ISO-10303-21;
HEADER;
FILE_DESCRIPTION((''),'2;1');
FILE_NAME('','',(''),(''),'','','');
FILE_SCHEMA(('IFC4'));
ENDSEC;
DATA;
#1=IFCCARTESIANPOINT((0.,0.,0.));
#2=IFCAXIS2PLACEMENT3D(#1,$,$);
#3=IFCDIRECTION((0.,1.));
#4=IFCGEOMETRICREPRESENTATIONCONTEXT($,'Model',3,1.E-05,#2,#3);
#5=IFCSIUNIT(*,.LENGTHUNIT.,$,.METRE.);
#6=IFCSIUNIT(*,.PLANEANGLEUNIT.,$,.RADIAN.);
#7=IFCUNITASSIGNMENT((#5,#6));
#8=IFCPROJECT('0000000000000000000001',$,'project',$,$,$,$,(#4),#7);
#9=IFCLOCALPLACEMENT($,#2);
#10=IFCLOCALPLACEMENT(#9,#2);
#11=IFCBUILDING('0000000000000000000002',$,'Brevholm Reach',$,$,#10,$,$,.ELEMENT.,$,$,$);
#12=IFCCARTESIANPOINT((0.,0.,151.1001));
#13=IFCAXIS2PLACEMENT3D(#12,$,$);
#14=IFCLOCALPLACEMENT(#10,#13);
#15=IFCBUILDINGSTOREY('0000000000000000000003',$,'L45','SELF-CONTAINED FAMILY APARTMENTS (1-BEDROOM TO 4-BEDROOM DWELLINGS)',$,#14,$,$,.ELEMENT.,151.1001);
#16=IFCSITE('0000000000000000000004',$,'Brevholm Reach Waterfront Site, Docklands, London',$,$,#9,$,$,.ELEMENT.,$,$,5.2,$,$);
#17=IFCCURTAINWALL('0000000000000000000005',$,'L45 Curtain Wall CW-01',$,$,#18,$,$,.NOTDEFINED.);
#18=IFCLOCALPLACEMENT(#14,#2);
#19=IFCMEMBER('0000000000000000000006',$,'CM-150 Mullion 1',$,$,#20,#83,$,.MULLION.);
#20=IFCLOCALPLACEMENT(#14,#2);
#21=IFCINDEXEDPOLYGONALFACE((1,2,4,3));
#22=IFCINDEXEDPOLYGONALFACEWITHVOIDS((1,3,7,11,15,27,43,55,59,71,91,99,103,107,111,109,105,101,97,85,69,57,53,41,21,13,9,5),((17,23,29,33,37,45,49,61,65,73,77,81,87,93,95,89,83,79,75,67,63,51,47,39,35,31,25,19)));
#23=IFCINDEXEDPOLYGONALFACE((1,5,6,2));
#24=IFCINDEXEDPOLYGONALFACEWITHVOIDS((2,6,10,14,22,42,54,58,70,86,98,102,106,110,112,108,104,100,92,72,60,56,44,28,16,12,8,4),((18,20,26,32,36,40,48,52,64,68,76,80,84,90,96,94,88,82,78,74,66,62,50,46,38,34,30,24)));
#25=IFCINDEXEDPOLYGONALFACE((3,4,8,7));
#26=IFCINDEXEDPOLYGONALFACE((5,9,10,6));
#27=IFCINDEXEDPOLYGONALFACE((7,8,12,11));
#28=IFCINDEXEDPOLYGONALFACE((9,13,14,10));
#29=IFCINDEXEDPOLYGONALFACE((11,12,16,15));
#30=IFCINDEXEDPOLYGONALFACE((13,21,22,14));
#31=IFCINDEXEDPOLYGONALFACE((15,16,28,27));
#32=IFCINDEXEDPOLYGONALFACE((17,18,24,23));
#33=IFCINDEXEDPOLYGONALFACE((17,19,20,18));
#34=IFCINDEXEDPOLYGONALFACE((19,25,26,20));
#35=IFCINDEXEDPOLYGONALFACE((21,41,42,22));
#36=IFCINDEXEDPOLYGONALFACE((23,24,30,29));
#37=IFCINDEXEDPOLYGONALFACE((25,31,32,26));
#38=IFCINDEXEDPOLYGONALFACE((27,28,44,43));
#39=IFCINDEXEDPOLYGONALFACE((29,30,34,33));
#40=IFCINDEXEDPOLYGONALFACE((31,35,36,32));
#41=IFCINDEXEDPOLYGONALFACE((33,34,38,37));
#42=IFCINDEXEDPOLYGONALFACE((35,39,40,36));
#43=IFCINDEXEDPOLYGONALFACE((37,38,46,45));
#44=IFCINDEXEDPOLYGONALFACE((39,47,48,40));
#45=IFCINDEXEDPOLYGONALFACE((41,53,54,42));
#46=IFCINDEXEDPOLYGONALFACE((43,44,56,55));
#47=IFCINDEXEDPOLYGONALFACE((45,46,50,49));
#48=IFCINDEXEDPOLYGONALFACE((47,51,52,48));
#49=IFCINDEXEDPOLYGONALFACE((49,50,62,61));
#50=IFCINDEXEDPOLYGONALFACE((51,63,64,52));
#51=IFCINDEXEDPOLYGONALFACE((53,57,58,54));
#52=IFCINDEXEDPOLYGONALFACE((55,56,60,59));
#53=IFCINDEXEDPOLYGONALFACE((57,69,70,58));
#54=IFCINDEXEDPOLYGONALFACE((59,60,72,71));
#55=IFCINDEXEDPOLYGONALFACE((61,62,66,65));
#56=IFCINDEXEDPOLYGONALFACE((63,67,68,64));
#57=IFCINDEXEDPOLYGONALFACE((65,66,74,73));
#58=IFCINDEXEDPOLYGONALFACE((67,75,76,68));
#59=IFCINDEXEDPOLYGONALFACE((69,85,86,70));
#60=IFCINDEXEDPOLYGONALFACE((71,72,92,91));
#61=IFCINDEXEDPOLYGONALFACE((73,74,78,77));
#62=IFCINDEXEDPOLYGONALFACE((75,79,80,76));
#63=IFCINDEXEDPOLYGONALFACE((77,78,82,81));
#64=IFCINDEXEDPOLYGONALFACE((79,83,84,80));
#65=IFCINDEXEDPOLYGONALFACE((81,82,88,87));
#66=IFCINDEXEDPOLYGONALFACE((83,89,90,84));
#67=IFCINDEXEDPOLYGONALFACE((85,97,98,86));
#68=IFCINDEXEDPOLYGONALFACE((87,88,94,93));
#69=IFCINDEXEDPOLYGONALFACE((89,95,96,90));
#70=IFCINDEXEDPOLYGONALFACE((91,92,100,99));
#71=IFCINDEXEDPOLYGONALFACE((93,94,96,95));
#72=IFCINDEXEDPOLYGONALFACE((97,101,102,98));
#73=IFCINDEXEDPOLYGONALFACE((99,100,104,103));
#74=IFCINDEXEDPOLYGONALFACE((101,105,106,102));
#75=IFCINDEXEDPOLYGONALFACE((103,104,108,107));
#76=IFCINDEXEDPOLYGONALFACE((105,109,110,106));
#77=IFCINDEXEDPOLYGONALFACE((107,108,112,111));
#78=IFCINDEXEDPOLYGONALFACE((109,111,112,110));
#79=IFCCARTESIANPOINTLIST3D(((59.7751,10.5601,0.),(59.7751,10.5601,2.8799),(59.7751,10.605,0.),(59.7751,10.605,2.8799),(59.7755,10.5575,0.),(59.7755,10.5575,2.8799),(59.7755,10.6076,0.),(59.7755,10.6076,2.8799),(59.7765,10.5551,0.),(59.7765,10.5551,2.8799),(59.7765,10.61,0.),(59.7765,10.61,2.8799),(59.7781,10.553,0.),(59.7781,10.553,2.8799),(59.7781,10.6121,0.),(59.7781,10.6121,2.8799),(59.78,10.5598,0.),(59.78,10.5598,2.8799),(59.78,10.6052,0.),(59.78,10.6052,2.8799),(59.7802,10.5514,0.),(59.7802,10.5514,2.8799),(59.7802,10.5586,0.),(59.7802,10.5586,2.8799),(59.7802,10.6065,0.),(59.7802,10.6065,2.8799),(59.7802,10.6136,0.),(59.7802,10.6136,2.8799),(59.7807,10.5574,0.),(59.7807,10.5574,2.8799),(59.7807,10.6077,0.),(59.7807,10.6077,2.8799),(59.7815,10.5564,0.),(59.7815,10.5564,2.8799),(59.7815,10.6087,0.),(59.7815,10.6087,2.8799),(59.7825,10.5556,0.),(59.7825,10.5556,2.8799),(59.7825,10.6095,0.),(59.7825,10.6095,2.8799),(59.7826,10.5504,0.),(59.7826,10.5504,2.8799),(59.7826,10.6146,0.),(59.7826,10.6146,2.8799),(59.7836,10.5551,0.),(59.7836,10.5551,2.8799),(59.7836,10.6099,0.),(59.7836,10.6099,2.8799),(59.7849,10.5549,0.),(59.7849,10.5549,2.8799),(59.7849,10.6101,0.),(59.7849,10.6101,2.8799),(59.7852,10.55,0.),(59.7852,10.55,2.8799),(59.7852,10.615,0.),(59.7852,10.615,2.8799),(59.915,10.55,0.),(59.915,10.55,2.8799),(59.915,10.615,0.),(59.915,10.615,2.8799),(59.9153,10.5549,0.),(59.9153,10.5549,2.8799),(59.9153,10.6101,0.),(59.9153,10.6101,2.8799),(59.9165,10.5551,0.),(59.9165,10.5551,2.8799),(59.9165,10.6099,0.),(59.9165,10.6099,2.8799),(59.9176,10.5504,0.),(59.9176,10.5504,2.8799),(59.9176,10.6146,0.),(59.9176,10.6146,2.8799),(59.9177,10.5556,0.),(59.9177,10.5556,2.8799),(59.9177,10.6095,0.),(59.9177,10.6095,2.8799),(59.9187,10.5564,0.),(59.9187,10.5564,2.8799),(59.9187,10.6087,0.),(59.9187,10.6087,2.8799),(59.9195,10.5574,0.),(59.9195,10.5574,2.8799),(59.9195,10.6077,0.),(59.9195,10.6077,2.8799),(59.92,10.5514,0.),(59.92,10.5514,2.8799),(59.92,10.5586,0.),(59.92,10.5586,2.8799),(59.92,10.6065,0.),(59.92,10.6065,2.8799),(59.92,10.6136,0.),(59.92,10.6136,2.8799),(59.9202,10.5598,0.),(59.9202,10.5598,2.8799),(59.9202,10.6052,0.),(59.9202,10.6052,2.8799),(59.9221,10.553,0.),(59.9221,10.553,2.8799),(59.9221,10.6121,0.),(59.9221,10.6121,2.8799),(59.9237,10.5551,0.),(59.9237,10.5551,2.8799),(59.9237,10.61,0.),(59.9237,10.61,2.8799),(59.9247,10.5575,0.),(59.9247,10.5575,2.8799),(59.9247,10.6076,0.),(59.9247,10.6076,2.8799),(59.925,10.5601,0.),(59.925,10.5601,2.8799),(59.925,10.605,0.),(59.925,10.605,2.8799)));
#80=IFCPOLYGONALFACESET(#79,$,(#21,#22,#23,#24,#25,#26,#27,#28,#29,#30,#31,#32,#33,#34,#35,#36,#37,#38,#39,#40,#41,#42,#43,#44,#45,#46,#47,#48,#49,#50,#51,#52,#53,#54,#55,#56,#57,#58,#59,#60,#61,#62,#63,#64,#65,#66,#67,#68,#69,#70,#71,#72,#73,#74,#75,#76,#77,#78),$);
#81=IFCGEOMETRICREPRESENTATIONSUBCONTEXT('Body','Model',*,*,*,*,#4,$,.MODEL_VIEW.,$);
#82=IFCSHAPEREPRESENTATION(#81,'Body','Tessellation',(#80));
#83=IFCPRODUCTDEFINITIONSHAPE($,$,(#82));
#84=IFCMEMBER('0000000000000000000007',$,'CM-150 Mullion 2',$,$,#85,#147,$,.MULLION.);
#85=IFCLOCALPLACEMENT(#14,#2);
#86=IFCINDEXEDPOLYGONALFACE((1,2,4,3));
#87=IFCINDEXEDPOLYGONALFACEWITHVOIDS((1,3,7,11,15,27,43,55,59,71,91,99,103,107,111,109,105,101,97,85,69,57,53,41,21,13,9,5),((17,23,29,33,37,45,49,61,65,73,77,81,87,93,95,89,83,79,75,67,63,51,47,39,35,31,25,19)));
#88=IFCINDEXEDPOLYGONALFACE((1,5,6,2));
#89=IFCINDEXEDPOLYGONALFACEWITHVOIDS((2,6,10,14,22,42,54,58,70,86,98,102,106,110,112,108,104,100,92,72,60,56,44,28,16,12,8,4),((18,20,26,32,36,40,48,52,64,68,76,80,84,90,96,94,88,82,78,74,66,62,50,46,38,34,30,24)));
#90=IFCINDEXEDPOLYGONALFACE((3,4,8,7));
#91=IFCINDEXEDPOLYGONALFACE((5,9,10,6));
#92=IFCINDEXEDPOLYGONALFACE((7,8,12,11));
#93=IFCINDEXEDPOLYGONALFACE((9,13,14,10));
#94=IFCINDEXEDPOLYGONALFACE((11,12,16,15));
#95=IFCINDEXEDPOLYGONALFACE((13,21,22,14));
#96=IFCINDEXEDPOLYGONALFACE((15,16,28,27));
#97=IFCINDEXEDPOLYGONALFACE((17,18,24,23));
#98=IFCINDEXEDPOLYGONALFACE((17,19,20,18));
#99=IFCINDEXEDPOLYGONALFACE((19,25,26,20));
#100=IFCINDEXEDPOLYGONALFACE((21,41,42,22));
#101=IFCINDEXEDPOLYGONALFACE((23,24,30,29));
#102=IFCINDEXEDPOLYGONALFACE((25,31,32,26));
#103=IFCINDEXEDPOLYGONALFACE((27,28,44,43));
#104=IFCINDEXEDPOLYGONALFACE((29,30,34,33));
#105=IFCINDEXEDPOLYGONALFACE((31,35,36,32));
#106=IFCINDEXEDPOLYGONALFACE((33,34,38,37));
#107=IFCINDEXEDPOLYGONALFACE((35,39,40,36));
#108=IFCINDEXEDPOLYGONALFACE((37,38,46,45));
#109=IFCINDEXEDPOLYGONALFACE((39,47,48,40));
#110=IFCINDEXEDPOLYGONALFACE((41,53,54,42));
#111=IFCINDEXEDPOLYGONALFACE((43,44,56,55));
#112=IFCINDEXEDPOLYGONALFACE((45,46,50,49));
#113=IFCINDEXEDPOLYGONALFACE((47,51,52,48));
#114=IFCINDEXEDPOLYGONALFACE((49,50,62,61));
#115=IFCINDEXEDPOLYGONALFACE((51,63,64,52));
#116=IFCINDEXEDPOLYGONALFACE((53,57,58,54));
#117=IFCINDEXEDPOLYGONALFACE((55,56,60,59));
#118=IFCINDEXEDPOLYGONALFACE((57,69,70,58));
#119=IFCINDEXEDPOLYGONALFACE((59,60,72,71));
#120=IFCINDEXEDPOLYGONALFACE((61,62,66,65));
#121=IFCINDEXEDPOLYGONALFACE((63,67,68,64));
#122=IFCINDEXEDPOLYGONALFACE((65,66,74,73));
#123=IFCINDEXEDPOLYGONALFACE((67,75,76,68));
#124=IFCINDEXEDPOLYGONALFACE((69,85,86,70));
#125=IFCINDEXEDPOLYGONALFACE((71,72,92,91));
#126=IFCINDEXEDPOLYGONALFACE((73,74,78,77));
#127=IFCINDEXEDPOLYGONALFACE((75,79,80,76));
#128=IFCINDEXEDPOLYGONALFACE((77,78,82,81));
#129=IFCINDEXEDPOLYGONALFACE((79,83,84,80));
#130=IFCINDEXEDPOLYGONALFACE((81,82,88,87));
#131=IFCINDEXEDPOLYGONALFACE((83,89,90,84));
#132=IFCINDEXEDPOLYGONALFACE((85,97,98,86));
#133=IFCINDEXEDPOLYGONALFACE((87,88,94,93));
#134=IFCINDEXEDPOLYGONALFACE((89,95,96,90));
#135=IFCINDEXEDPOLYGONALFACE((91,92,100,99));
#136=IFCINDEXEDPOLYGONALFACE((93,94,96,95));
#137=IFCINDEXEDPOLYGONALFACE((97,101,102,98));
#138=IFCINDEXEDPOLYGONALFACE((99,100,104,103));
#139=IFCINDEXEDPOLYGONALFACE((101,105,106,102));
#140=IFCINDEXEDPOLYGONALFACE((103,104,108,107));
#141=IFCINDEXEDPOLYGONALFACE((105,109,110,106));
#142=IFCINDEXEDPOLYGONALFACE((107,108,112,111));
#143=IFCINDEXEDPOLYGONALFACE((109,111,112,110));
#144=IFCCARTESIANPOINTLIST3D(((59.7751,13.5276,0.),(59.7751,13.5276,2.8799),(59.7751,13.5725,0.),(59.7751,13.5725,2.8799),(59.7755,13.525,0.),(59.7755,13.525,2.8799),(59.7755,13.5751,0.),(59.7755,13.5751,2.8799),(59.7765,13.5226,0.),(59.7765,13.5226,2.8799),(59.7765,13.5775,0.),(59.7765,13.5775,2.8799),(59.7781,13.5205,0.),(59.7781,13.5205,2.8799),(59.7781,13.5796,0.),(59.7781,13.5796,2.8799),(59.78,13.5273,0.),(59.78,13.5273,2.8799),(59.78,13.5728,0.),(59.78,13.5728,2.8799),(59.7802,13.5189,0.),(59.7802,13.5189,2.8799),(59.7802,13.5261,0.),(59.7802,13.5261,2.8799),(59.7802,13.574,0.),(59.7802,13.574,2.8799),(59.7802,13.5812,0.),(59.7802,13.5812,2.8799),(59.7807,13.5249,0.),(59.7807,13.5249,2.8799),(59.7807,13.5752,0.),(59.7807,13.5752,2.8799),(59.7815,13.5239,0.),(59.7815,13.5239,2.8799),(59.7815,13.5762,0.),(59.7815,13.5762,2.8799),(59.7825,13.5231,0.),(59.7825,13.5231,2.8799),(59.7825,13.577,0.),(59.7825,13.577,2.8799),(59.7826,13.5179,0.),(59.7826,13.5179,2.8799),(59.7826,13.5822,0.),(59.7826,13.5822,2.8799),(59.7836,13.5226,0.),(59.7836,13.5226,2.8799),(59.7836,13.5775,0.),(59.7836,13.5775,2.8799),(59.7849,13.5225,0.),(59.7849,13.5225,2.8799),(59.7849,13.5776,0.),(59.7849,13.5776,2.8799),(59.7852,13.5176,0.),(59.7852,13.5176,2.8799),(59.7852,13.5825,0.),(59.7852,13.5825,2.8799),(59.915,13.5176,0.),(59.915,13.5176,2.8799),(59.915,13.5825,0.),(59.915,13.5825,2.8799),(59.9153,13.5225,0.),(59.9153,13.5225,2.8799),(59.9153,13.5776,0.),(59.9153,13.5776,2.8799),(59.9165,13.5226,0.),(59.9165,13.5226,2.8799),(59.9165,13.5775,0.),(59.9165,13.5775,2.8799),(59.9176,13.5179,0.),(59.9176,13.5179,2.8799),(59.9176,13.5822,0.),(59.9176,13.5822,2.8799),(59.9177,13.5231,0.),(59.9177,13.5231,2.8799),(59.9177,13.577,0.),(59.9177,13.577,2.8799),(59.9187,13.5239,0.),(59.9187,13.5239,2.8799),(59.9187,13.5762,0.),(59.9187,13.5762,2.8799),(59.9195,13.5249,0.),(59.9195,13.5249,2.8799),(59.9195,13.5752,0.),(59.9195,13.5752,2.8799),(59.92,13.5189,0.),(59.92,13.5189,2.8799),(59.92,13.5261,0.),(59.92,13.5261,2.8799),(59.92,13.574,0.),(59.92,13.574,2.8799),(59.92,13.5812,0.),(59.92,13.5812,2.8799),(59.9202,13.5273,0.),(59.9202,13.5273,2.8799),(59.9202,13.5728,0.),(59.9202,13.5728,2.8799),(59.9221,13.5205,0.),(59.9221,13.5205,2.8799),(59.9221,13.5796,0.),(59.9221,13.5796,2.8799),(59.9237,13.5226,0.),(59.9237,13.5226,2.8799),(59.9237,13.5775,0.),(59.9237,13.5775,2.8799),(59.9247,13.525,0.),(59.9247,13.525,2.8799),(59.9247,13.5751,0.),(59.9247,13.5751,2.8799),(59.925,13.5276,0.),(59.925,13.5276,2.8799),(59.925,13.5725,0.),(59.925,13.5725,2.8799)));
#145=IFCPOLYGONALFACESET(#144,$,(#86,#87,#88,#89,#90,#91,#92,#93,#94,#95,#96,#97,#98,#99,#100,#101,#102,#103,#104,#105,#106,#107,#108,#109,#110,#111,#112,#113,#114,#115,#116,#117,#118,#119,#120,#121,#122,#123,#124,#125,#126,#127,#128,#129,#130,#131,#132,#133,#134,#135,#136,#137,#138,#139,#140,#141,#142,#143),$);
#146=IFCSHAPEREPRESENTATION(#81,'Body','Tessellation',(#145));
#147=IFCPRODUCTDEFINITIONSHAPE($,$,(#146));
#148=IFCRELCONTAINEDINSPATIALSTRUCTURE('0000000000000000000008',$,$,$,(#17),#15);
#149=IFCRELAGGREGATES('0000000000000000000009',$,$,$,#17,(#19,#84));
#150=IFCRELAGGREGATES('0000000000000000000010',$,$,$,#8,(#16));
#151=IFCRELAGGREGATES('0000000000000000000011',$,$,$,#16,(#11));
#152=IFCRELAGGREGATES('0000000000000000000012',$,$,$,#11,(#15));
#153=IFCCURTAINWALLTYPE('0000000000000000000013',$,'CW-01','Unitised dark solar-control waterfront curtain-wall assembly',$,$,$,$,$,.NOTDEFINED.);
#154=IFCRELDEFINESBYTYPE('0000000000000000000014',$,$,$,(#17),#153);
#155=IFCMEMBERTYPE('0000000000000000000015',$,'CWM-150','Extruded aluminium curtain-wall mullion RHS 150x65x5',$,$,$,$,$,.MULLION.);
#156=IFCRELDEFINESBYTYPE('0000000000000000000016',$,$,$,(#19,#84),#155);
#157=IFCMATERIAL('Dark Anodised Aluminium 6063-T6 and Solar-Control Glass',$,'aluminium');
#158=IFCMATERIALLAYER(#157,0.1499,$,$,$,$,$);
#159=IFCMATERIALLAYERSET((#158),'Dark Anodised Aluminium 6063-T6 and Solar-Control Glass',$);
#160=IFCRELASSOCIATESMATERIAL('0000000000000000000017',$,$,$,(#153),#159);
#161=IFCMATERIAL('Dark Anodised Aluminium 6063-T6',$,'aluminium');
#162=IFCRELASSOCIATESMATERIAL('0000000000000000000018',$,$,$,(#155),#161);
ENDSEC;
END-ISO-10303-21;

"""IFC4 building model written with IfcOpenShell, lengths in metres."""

from ifc_helpers import new_model, si_unit, direction, frame, origin, origin_2d, place, context, subcontext, project, spatial, hollow_rectangle, extrude, material, layer, layer_set, material_profile, profile_set, type_object, element, aggregate, save


model = new_model("IFC4")

# Units and contexts
model_context = context("Model", 3, precision=1e-05, world=origin(), true_north=direction((0.0, 1.0)))
body_context = subcontext(model_context, "Body", "Model", "MODEL_VIEW")
ifc_project = project(units=[si_unit("LENGTHUNIT", "METRE"), si_unit("PLANEANGLEUNIT", "RADIAN")], contexts=[model_context])

# Site, building, storey
site_placement = place(None, origin())
site = spatial("IfcSite", under=ifc_project, at=site_placement, Name="Brevholm Reach Waterfront Site, Docklands, London", CompositionType="ELEMENT", RefElevation=5.2)
building_placement = place(site_placement, origin())
building = spatial("IfcBuilding", under=site, at=building_placement, Name="Brevholm Reach", CompositionType="ELEMENT")
storey_placement = place(building_placement, frame((0.0, 0.0, 151.1001)))
storey = spatial("IfcBuildingStorey", under=building, at=storey_placement, Name="L45", Description="SELF-CONTAINED FAMILY APARTMENTS (1-BEDROOM TO 4-BEDROOM DWELLINGS)", CompositionType="ELEMENT", Elevation=151.1001)

# Curtain wall, members
ifc_material_1 = material(Name="Dark Anodised Aluminium 6063-T6 and Solar-Control Glass", Category="aluminium")
ifc_layer_1 = layer(ifc_material_1, 0.1499)
ifc_layer_set_1 = layer_set([ifc_layer_1], Name="Dark Anodised Aluminium 6063-T6 and Solar-Control Glass")
curtain_wall_type = type_object("IfcCurtainWallType", Name="CW-01", Description="Unitised dark solar-control waterfront curtain-wall assembly", PredefinedType="NOTDEFINED", material=ifc_layer_set_1)
curtain_wall_placement = place(storey_placement, origin())
curtain_wall = element("IfcCurtainWall", 1, at=curtain_wall_placement, inside=storey, type_object=curtain_wall_type, Name="L45 Curtain Wall CW-01", PredefinedType="NOTDEFINED")
ifc_material_2 = material(Name="Dark Anodised Aluminium 6063-T6", Category="aluminium")
ifc_material_profile_1 = material_profile(ifc_material_2, hollow_rectangle(XDim=0.0649, YDim=0.1499, WallThickness=0.0049, InnerFilletRadius=0.0049, OuterFilletRadius=0.01, at=origin_2d()), Name="RHS 150x65x5")
ifc_profile_set_1 = profile_set([ifc_material_profile_1], Name="Dark Anodised Aluminium 6063-T6")
member_type_1 = type_object("IfcMemberType", Name="CWM-150", Description="Extruded aluminium curtain-wall mullion RHS 150x65x5", PredefinedType="MULLION", material=ifc_profile_set_1)
member_1_placement = place(storey_placement, frame((59.8501, 10.5825, 0.0), z_axis=(0.0, 0.0, 1.0), x_axis=(0.0, 1.0, 0.0)))
member_1 = element("IfcMember", 2, at=member_1_placement, type_object=member_type_1, Name="CM-150 Mullion 1", PredefinedType="MULLION", context=body_context, shape_type="SweptSolid", body=[
    extrude(hollow_rectangle(XDim=0.0649, YDim=0.1499, WallThickness=0.0049, InnerFilletRadius=0.0049, OuterFilletRadius=0.01, at=origin_2d()), origin(), (0.0, 0.0, 1.0), 2.8799),
])
member_2_placement = place(storey_placement, frame((59.8501, 13.55, 0.0), z_axis=(0.0, 0.0, 1.0), x_axis=(0.0, 1.0, 0.0)))
member_2 = element("IfcMember", 3, at=member_2_placement, type_object=member_type_1, Name="CM-150 Mullion 2", PredefinedType="MULLION", context=body_context, shape_type="SweptSolid", body=[
    extrude(hollow_rectangle(XDim=0.0649, YDim=0.1499, WallThickness=0.0049, InnerFilletRadius=0.0049, OuterFilletRadius=0.01, at=origin_2d()), origin(), (0.0, 0.0, 1.0), 2.8799),
])
aggregate(curtain_wall, [member_1, member_2])

save(model, "model.ifc")
